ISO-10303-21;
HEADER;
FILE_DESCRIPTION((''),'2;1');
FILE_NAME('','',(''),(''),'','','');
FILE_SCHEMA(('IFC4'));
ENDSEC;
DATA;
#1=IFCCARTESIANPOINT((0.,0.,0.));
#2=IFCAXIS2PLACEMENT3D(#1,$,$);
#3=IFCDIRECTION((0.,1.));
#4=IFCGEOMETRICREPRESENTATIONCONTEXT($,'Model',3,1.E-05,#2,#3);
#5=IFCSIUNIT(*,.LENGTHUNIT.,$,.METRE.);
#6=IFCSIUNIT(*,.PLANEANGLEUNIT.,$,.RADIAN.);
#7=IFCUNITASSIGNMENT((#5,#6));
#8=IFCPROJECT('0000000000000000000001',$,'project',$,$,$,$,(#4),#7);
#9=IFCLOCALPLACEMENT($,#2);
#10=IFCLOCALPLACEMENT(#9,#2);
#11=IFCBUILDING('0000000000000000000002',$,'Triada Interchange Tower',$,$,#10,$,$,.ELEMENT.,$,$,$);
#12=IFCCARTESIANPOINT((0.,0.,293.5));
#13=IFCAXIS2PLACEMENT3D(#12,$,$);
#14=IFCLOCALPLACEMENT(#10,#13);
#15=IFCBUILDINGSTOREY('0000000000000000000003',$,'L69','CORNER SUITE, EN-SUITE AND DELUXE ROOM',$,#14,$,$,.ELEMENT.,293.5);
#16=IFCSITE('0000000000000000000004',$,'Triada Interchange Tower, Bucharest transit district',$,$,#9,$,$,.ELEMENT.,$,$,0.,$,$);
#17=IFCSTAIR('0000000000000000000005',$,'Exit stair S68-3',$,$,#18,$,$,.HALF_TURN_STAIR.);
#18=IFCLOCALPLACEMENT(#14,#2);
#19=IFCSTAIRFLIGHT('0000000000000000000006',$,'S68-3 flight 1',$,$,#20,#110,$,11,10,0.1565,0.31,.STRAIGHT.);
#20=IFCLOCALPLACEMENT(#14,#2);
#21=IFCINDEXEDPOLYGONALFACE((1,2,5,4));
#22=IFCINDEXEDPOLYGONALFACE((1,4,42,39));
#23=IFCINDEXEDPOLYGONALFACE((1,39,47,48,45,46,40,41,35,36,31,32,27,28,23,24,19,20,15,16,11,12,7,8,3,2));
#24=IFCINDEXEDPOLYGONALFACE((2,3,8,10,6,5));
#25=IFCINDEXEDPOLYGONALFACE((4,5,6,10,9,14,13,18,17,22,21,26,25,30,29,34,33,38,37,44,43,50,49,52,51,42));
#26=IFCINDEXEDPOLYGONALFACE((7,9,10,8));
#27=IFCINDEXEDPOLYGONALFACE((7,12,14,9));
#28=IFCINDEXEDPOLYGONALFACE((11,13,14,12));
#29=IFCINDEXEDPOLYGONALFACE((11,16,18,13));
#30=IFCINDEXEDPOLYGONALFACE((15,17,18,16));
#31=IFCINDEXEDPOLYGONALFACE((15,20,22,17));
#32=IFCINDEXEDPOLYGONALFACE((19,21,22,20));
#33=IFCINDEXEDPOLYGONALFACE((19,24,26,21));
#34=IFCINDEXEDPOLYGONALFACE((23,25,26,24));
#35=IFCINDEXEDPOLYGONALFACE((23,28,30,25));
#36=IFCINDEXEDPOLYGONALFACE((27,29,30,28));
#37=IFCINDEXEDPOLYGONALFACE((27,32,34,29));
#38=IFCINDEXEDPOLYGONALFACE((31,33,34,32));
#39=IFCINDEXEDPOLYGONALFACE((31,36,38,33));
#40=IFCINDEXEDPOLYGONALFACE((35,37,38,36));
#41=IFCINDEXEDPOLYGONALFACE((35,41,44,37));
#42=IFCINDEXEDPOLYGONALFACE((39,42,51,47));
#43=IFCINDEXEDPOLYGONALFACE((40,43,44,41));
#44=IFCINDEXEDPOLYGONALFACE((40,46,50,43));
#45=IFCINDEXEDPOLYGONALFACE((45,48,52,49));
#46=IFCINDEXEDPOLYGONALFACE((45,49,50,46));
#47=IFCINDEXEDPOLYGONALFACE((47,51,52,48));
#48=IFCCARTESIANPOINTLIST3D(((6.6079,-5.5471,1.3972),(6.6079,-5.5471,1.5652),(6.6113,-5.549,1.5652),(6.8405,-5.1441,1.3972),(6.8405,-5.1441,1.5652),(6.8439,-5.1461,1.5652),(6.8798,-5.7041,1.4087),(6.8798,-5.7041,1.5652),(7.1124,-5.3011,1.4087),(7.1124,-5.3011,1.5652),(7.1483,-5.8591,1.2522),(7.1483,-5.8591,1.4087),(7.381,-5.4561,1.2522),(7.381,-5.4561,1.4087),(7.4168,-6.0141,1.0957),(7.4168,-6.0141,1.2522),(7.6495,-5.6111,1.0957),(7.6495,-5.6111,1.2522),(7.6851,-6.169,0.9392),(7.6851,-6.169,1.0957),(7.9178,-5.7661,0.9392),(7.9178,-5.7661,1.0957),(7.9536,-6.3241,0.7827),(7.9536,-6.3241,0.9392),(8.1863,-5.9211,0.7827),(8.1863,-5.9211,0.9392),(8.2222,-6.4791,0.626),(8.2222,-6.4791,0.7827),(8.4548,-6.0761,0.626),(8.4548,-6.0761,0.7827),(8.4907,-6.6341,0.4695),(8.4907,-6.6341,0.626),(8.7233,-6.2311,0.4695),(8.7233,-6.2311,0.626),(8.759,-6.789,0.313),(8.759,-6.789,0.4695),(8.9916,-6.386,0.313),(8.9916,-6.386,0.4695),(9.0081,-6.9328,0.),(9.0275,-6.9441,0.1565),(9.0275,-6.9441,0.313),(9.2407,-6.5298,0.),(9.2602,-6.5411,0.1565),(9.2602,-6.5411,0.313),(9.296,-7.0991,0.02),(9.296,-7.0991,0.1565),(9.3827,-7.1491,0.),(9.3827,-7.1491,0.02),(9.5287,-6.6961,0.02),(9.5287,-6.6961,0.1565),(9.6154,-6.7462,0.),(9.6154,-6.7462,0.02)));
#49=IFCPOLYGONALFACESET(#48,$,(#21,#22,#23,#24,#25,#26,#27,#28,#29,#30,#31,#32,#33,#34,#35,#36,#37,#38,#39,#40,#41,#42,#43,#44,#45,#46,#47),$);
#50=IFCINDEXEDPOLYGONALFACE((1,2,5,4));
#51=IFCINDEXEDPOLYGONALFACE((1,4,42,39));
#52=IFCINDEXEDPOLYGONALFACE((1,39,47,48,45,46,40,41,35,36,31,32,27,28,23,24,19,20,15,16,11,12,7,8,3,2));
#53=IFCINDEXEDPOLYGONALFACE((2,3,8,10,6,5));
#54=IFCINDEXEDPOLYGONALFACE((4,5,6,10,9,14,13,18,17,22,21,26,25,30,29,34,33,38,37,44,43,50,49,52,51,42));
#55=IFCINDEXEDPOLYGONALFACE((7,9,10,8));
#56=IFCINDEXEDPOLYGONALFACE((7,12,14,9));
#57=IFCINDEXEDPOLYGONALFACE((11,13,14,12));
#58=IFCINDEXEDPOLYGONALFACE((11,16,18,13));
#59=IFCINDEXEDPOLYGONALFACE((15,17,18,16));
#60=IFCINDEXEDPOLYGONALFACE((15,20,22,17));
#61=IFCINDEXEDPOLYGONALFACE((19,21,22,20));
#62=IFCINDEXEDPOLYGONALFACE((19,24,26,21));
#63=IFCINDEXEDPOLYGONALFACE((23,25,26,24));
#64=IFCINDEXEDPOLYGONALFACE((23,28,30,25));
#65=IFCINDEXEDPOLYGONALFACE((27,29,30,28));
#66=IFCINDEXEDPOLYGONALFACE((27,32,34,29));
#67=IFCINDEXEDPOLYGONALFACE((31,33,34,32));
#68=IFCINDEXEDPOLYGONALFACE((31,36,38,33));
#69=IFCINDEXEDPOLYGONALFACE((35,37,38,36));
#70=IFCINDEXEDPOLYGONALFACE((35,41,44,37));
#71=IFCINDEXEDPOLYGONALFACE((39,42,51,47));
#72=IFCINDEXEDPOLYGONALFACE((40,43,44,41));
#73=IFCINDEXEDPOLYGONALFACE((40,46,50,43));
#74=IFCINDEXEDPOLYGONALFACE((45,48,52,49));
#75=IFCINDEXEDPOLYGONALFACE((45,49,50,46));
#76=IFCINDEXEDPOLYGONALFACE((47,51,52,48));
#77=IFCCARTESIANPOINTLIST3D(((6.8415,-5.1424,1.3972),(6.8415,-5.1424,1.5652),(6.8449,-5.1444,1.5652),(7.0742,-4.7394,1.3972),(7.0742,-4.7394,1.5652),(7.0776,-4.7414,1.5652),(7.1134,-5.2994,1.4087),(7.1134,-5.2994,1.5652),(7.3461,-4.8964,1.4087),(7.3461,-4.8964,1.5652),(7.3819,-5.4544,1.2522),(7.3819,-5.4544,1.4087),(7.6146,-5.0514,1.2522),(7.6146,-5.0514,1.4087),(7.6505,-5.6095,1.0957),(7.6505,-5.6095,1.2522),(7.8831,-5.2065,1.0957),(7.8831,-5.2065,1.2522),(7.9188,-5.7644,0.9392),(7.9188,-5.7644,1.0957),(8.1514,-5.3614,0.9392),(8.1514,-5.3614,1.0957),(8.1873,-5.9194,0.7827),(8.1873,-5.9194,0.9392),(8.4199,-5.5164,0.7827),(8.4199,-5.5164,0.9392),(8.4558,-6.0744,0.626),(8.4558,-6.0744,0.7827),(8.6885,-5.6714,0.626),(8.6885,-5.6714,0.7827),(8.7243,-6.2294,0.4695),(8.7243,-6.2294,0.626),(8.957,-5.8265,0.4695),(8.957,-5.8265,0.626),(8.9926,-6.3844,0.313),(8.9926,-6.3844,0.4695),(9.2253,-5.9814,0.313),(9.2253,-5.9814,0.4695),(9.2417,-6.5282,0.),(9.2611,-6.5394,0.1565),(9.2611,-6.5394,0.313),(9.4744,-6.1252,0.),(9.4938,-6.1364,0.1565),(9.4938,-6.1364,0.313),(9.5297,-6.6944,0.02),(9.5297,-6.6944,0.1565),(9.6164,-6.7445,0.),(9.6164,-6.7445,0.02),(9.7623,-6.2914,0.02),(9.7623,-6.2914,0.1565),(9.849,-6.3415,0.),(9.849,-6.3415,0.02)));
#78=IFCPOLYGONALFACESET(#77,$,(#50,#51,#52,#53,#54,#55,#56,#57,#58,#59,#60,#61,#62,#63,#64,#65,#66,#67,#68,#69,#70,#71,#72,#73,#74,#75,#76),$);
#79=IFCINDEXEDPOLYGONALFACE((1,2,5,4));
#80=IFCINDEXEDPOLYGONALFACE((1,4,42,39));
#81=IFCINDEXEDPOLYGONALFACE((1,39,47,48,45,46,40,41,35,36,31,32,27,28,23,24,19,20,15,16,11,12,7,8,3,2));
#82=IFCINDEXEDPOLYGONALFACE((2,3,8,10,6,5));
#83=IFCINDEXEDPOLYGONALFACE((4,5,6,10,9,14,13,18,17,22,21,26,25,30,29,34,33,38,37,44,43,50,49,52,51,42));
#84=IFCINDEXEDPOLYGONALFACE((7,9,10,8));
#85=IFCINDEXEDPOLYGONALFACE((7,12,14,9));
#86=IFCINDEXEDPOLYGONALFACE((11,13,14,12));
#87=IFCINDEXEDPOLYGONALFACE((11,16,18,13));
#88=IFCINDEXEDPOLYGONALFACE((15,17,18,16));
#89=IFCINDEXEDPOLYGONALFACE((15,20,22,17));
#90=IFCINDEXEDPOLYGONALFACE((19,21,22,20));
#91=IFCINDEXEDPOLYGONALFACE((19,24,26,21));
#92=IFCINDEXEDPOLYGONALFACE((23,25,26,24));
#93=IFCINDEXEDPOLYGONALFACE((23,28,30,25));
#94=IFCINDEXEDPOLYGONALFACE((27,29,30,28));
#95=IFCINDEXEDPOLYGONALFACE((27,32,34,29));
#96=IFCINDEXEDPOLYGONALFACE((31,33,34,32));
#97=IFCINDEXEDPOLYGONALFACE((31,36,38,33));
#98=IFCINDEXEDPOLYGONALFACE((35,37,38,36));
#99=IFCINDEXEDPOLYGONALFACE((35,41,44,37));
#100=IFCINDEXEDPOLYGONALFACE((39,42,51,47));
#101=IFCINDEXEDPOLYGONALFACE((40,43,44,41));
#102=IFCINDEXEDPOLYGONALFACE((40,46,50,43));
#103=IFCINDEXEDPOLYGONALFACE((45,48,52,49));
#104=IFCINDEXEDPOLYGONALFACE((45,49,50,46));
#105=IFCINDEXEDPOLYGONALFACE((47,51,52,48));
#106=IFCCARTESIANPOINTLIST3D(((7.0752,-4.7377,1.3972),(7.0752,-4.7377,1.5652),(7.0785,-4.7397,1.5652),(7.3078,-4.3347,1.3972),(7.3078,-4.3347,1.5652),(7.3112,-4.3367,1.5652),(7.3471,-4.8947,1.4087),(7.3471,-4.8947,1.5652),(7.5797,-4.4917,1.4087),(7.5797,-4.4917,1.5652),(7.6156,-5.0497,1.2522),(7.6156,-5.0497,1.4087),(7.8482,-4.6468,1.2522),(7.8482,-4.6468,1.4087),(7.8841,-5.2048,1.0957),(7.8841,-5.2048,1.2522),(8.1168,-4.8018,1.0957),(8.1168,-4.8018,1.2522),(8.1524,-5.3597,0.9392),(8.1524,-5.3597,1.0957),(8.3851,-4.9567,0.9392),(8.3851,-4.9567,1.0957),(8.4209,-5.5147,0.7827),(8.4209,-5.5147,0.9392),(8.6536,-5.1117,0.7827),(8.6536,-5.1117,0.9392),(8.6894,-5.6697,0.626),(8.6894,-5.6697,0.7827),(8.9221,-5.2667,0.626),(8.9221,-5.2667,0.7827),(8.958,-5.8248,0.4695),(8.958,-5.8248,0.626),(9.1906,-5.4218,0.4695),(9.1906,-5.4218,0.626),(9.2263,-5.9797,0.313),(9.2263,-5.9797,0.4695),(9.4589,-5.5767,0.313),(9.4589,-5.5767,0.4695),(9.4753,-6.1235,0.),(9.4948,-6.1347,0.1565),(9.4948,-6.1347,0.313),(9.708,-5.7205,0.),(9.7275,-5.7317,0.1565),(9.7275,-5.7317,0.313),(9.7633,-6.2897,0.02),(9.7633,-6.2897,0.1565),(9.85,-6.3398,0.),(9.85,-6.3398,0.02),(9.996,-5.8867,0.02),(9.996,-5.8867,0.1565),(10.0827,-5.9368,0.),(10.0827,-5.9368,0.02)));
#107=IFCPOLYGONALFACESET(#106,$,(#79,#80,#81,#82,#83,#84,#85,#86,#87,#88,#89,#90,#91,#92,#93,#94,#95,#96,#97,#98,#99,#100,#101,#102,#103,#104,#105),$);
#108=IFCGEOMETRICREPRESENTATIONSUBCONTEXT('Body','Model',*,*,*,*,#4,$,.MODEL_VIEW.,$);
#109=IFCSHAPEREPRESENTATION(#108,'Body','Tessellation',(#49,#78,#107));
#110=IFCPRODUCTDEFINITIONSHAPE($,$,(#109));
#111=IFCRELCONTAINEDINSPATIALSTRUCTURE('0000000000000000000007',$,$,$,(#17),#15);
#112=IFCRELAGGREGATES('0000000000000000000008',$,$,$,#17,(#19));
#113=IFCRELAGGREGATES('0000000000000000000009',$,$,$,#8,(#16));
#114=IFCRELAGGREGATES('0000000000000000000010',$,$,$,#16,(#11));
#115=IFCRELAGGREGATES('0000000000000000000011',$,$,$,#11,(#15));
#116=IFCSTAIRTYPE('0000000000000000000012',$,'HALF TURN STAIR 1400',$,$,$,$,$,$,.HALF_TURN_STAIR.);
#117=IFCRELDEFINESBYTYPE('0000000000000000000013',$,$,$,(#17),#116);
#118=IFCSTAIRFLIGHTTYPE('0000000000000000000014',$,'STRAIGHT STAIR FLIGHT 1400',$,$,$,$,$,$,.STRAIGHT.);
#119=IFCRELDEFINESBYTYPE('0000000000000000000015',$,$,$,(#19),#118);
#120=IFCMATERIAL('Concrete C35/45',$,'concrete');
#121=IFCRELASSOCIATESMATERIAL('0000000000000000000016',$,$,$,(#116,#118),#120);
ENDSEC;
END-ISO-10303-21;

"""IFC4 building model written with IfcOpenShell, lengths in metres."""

from ifc_helpers import new_model, si_unit, direction, frame, origin, place, context, subcontext, project, spatial, polyline, outline, extrude, material, type_object, element, aggregate, save


model = new_model("IFC4")

# Units and contexts
model_context = context("Model", 3, precision=1e-05, world=origin(), true_north=direction((0.0, 1.0)))
body_context = subcontext(model_context, "Body", "Model", "MODEL_VIEW")
ifc_project = project(units=[si_unit("LENGTHUNIT", "METRE"), si_unit("PLANEANGLEUNIT", "RADIAN")], contexts=[model_context])

# Site, building, storey
site_placement = place(None, origin())
site = spatial("IfcSite", under=ifc_project, at=site_placement, Name="Triada Interchange Tower, Bucharest transit district", CompositionType="ELEMENT", RefElevation=0.0)
building_placement = place(site_placement, origin())
building = spatial("IfcBuilding", under=site, at=building_placement, Name="Triada Interchange Tower", CompositionType="ELEMENT")
storey_placement = place(building_placement, frame((0.0, 0.0, 293.5)))
storey = spatial("IfcBuildingStorey", under=building, at=storey_placement, Name="L69", Description="CORNER SUITE, EN-SUITE AND DELUXE ROOM", CompositionType="ELEMENT", Elevation=293.5)

# Stair, stair flight
ifc_material_1 = material(Name="Concrete C35/45", Category="concrete")
stair_type = type_object("IfcStairType", Name="HALF TURN STAIR 1400", PredefinedType="HALF_TURN_STAIR", material=ifc_material_1)
stair_placement = place(storey_placement, origin())
stair = element("IfcStair", 1, at=stair_placement, inside=storey, type_object=stair_type, Name="Exit stair S68-3", PredefinedType="HALF_TURN_STAIR")
stair_flight_type = type_object("IfcStairFlightType", Name="STRAIGHT STAIR FLIGHT 1400", PredefinedType="STRAIGHT", material=ifc_material_1)
stair_flight_1_placement = place(storey_placement, frame((9.646, -6.4929, 0.0), z_axis=(0.0, 0.0, 1.0), x_axis=(-0.866025, 0.5, 0.0)))
stair_flight_1 = element("IfcStairFlight", 2, at=stair_flight_1_placement, type_object=stair_flight_type, Name="S68-3 flight 1", NumberOfRisers=11, NumberOfTreads=10, PredefinedType="STRAIGHT", RiserHeight=0.1565, TreadLength=0.31, context=body_context, shape_type="SweptSolid", body=[
    extrude(outline(polyline([(-0.1001, 0.0), (-0.1001, 0.02), (0.0, 0.02), (0.0, 0.1565), (0.3101, 0.1565), (0.3101, 0.313), (0.6201, 0.313), (0.6201, 0.4695), (0.9299, 0.4695), (0.9299, 0.626), (1.24, 0.626), (1.24, 0.7827), (1.55, 0.7827), (1.55, 0.9392), (1.8601, 0.9392), (1.8601, 1.0957), (2.1699, 1.0957), (2.1699, 1.2522), (2.48, 1.2522), (2.48, 1.4087), (2.79, 1.4087), (2.79, 1.5652), (3.1001, 1.5652), (3.104, 1.5652), (3.104, 1.7217), (3.104, 1.3972), (0.3325, 0.0), (-0.1001, 0.0)])), frame((0.0, 0.7, 0.0), z_axis=(0.0, -1.0, 0.0), x_axis=(1.0, 0.0, 0.0)), (0.0, 0.0, 1.0), 0.4653),
    extrude(outline(polyline([(-0.1001, 0.0), (-0.1001, 0.02), (0.0, 0.02), (0.0, 0.1565), (0.3101, 0.1565), (0.3101, 0.313), (0.6201, 0.313), (0.6201, 0.4695), (0.9299, 0.4695), (0.9299, 0.626), (1.24, 0.626), (1.24, 0.7827), (1.55, 0.7827), (1.55, 0.9392), (1.8601, 0.9392), (1.8601, 1.0957), (2.1699, 1.0957), (2.1699, 1.2522), (2.48, 1.2522), (2.48, 1.4087), (2.79, 1.4087), (2.79, 1.5652), (3.1001, 1.5652), (3.104, 1.5652), (3.104, 1.7217), (3.104, 1.3972), (0.3325, 0.0), (-0.1001, 0.0)])), frame((0.0, 0.2327, 0.0), z_axis=(0.0, -1.0, 0.0), x_axis=(1.0, 0.0, 0.0)), (0.0, 0.0, 1.0), 0.4653),
    extrude(outline(polyline([(-0.1001, 0.0), (-0.1001, 0.02), (0.0, 0.02), (0.0, 0.1565), (0.3101, 0.1565), (0.3101, 0.313), (0.6201, 0.313), (0.6201, 0.4695), (0.9299, 0.4695), (0.9299, 0.626), (1.24, 0.626), (1.24, 0.7827), (1.55, 0.7827), (1.55, 0.9392), (1.8601, 0.9392), (1.8601, 1.0957), (2.1699, 1.0957), (2.1699, 1.2522), (2.48, 1.2522), (2.48, 1.4087), (2.79, 1.4087), (2.79, 1.5652), (3.1001, 1.5652), (3.104, 1.5652), (3.104, 1.7217), (3.104, 1.3972), (0.3325, 0.0), (-0.1001, 0.0)])), frame((0.0, -0.2346, 0.0), z_axis=(0.0, -1.0, 0.0), x_axis=(1.0, 0.0, 0.0)), (0.0, 0.0, 1.0), 0.4653),
])
aggregate(stair, [stair_flight_1])

save(model, "model.ifc")
